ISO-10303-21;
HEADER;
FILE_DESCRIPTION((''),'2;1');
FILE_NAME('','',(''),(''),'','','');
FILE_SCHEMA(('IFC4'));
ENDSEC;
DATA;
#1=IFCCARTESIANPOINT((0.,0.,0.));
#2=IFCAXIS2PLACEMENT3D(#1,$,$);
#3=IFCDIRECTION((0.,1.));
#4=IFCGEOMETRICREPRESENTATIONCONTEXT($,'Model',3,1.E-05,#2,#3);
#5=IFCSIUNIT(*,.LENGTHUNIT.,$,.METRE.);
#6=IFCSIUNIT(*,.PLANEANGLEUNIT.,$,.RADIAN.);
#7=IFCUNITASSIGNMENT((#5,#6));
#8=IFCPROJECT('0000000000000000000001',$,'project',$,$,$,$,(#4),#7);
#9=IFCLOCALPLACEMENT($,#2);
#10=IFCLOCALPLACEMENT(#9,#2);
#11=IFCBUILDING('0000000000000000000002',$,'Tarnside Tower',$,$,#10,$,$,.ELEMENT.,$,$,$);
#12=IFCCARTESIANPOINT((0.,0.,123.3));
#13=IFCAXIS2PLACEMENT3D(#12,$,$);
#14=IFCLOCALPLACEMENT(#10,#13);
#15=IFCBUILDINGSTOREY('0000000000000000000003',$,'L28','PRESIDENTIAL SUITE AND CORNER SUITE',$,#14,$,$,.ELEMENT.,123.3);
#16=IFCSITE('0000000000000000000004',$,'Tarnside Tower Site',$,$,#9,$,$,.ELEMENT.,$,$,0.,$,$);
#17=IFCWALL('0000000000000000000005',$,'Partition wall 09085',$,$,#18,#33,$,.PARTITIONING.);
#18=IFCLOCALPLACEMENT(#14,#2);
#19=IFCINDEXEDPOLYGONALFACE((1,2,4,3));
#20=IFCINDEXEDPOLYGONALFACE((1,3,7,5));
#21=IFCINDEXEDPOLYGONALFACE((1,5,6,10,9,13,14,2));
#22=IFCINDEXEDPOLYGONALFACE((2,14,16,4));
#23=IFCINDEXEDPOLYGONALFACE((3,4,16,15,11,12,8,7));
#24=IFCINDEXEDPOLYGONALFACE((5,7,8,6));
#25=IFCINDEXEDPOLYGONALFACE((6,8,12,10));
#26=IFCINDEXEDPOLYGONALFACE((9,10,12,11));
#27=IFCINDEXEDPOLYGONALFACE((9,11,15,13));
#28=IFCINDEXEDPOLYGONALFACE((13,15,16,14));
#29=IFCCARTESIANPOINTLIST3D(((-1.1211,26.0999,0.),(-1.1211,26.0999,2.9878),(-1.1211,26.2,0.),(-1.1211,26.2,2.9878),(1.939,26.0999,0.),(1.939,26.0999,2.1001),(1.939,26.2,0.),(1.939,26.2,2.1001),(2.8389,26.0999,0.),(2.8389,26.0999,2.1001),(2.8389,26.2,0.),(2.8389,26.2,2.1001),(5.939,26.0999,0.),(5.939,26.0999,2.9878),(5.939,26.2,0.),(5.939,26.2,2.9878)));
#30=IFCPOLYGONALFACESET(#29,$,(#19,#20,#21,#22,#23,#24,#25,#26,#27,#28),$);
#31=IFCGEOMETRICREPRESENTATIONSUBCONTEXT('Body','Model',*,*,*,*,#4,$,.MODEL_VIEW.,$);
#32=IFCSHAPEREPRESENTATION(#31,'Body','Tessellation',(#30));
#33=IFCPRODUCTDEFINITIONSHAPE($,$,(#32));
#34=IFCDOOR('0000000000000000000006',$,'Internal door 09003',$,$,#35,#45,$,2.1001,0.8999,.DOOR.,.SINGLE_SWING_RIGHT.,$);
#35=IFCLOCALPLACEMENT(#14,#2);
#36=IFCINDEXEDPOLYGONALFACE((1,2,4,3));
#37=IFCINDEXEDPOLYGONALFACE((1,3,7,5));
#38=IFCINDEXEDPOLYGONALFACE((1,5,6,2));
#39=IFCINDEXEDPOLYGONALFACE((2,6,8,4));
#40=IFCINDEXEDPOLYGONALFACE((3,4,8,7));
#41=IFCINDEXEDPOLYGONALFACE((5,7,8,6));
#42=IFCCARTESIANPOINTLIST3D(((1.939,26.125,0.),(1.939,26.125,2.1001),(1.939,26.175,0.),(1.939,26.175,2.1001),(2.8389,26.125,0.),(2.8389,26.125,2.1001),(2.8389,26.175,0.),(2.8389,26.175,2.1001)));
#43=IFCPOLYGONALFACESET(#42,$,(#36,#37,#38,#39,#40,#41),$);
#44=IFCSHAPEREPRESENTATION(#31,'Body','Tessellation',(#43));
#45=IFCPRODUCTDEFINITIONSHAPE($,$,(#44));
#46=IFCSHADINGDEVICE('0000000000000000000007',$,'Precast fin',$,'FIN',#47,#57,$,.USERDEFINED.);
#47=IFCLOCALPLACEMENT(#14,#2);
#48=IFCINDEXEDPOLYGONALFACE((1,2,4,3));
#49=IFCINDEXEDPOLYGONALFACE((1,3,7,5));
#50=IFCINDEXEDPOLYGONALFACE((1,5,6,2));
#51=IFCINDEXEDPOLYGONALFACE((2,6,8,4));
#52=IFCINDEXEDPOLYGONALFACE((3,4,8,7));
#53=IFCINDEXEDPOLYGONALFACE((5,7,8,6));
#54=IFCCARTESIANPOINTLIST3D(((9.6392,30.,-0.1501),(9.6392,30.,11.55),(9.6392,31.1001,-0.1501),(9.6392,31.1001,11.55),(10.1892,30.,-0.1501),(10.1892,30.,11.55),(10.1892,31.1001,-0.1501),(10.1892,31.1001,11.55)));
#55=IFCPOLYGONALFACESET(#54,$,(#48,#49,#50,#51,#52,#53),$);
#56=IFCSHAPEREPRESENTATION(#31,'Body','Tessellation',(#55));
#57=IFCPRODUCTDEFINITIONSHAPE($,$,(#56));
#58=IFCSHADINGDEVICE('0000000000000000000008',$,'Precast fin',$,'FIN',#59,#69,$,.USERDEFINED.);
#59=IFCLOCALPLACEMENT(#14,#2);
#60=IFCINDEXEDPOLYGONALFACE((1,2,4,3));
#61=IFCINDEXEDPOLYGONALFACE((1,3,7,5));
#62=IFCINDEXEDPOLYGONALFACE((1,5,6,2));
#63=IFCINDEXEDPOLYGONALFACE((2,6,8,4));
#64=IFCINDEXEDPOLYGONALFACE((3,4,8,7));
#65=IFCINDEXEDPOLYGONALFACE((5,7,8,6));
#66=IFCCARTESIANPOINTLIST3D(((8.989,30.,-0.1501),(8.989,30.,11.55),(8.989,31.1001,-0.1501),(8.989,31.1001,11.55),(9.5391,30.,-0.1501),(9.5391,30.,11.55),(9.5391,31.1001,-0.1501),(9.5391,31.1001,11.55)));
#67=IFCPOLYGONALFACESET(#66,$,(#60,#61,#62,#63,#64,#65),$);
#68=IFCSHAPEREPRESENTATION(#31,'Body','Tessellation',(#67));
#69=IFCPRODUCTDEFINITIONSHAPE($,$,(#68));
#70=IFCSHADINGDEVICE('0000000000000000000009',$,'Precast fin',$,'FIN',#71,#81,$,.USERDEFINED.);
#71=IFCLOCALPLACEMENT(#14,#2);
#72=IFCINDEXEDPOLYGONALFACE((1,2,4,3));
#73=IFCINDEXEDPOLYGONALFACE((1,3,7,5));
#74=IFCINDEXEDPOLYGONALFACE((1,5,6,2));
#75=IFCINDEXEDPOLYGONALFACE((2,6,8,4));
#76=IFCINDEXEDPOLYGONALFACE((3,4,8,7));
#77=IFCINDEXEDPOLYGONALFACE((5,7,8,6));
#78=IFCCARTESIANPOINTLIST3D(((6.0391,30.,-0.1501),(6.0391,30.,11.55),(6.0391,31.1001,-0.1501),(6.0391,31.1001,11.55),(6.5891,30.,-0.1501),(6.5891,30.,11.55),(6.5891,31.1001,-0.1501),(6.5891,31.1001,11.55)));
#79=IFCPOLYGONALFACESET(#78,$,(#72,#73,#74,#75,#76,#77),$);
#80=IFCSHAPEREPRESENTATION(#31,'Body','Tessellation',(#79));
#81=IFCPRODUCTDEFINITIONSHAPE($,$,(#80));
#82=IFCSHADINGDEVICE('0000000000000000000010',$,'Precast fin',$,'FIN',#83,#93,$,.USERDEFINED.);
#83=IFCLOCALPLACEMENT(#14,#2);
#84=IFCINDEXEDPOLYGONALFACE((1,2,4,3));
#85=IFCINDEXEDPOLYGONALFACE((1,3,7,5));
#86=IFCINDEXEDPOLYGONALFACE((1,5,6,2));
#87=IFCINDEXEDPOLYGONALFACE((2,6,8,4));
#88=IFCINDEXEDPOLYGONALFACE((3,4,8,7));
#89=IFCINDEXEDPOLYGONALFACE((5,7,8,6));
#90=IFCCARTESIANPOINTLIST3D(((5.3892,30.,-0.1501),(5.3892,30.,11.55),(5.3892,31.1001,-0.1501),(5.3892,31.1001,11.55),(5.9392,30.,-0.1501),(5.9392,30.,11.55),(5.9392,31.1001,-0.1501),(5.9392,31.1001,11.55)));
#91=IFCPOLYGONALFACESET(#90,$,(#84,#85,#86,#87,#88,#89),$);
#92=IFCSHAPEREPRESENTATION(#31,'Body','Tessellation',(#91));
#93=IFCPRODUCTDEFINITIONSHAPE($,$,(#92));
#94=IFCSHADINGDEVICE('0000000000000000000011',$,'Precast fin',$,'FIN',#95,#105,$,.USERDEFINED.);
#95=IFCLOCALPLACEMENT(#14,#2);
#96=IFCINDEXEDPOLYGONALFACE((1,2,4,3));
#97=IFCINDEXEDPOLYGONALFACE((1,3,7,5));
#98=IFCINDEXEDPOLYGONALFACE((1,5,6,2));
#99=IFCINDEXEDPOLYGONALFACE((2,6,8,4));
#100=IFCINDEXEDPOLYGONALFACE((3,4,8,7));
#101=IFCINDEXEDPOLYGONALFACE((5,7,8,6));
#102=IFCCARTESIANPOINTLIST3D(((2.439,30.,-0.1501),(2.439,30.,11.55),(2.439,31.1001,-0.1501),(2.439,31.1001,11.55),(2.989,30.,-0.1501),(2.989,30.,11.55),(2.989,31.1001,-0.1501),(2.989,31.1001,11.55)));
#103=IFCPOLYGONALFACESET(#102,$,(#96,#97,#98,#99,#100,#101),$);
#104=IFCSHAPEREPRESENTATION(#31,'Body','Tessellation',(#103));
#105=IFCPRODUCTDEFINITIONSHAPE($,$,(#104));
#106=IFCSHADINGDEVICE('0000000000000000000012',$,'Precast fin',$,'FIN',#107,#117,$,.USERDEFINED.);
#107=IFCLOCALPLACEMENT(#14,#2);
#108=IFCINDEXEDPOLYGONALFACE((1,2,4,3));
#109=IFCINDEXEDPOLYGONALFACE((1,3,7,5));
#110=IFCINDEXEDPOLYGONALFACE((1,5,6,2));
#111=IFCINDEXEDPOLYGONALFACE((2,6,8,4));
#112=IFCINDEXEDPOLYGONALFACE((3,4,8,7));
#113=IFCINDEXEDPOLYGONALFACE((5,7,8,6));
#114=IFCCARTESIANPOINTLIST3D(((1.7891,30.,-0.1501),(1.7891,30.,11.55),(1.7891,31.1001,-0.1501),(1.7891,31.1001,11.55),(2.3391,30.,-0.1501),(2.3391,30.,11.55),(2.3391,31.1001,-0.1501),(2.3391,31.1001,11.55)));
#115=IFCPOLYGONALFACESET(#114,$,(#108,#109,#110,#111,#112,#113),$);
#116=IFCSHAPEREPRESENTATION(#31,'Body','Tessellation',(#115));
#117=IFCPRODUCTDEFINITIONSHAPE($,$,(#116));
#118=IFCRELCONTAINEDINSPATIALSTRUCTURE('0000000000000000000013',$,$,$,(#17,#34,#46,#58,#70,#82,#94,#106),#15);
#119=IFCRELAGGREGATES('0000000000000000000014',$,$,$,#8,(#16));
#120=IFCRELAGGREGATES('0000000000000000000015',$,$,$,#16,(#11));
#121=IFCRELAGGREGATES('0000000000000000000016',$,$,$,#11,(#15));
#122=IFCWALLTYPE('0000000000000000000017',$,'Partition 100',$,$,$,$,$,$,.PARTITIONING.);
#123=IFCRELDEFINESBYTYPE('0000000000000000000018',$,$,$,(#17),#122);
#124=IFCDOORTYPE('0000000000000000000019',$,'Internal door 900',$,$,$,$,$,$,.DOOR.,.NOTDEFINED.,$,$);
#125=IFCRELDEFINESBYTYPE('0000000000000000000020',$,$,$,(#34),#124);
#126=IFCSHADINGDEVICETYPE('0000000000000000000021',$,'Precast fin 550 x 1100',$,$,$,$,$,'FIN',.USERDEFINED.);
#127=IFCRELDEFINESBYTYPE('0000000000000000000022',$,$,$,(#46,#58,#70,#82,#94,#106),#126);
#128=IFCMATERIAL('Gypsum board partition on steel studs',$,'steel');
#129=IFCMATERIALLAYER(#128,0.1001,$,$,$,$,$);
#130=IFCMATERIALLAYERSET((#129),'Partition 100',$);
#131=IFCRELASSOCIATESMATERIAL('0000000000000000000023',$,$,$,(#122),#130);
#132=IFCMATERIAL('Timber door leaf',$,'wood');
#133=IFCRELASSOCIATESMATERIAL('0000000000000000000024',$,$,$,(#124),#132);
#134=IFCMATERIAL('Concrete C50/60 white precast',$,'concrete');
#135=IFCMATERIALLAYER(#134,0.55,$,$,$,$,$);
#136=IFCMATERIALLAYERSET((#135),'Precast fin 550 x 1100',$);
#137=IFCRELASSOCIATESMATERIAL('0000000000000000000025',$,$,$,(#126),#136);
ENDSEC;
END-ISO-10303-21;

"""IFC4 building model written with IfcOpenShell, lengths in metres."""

from ifc_helpers import new_model, si_unit, direction, frame, frame_2d, origin, place, context, subcontext, project, spatial, polyline, rectangle, outline, extrude, material, layer, layer_set, type_object, element, fill, save


model = new_model("IFC4")

# Units and contexts
model_context = context("Model", 3, precision=1e-05, world=origin(), true_north=direction((0.0, 1.0)))
body_context = subcontext(model_context, "Body", "Model", "MODEL_VIEW")
ifc_project = project(units=[si_unit("LENGTHUNIT", "METRE"), si_unit("PLANEANGLEUNIT", "RADIAN")], contexts=[model_context])

# Site, building, storey
site_placement = place(None, origin())
site = spatial("IfcSite", under=ifc_project, at=site_placement, Name="Tarnside Tower Site", CompositionType="ELEMENT", RefElevation=0.0)
building_placement = place(site_placement, origin())
building = spatial("IfcBuilding", under=site, at=building_placement, Name="Tarnside Tower", CompositionType="ELEMENT")
storey_placement = place(building_placement, frame((0.0, 0.0, 123.3)))
storey = spatial("IfcBuildingStorey", under=building, at=storey_placement, Name="L28", Description="PRESIDENTIAL SUITE AND CORNER SUITE", CompositionType="ELEMENT", Elevation=123.3)

# Shared definitions
ifc_material_1 = material(Name="Gypsum board partition on steel studs", Category="steel")
ifc_layer_1 = layer(ifc_material_1, 0.1001)
ifc_layer_set_1 = layer_set([ifc_layer_1], Name="Partition 100")
wall_type_1 = type_object("IfcWallType", Name="Partition 100", PredefinedType="PARTITIONING", material=ifc_layer_set_1)

# Wall, opening, door
wall_1_placement = place(storey_placement, frame((5.939, 26.1499, 0.0), z_axis=(0.0, 0.0, 1.0), x_axis=(-1.0, 0.0, 0.0)))
wall_1 = element("IfcWall", 1, at=wall_1_placement, inside=storey, type_object=wall_type_1, Name="Partition wall 09085", PredefinedType="PARTITIONING", context=body_context, shape_type="SweptSolid", body=[
    extrude(rectangle(XDim=7.0601, YDim=0.1001, at=frame_2d((3.53, 0.0))), origin(), (0.0, 0.0, 1.0), 2.9878),
])
opening_placement = place(wall_1_placement, frame((3.1001, 0.0, 0.0)))
opening = element("IfcOpeningElement", 2, at=opening_placement, cuts=wall_1, PredefinedType="OPENING", context=body_context, shape_type="SweptSolid", body=[
    extrude(rectangle(XDim=0.8999, YDim=2.1001, at=frame_2d((0.45, 1.05))), frame((0.0, 0.0601, 0.0), z_axis=(0.0, -1.0, 0.0), x_axis=(1.0, 0.0, 0.0)), (0.0, 0.0, 1.0), 0.1201),
])
ifc_material_2 = material(Name="Timber door leaf", Category="wood")
door_type = type_object("IfcDoorType", Name="Internal door 900", OperationType="NOTDEFINED", PredefinedType="DOOR", material=ifc_material_2)
door_placement = place(opening_placement, origin())
door = element("IfcDoor", 3, at=door_placement, inside=storey, type_object=door_type, Name="Internal door 09003", OperationType="SINGLE_SWING_RIGHT", OverallHeight=2.1001, OverallWidth=0.8999, PredefinedType="DOOR", context=body_context, shape_type="SweptSolid", body=[
    extrude(rectangle(XDim=0.8999, YDim=2.1001, at=frame_2d((0.45, 1.05))), frame((0.0, 0.0249, 0.0), z_axis=(0.0, -1.0, 0.0), x_axis=(1.0, 0.0, 0.0)), (0.0, 0.0, 1.0), 0.05),
])
fill(opening, door)

# Shading devices
ifc_material_3 = material(Name="Concrete C50/60 white precast", Category="concrete")
ifc_layer_2 = layer(ifc_material_3, 0.55)
ifc_layer_set_2 = layer_set([ifc_layer_2], Name="Precast fin 550 x 1100")
shading_device_type = type_object("IfcShadingDeviceType", Name="Precast fin 550 x 1100", ElementType="FIN", PredefinedType="USERDEFINED", material=ifc_layer_set_2)
for number, where, z_axis, x_axis, name in (
    (4, (9.9141, 30.0, -0.1501), (1.0, 0.0, 0.0), (0.0, 1.0, 0.0), "Precast fin"),
    (5, (9.2639, 30.0, -0.1501), (1.0, 0.0, 0.0), (0.0, 1.0, 0.0), "Precast fin"),
    (6, (6.314, 30.0, -0.1501), (1.0, 0.0, 0.0), (0.0, 1.0, 0.0), "Precast fin"),
    (7, (5.6641, 30.0, -0.1501), (1.0, 0.0, 0.0), (0.0, 1.0, 0.0), "Precast fin"),
    (8, (2.7139, 30.0, -0.1501), (1.0, 0.0, 0.0), (0.0, 1.0, 0.0), "Precast fin"),
    (9, (2.064, 30.0, -0.1501), (1.0, 0.0, 0.0), (0.0, 1.0, 0.0), "Precast fin"),
):
    element("IfcShadingDevice", number, at=place(storey_placement, frame(where, z_axis=z_axis, x_axis=x_axis)), inside=storey, type_object=shading_device_type, Name=name, ObjectType="FIN", PredefinedType="USERDEFINED", context=body_context, shape_type="SweptSolid", body=[
        extrude(outline(polyline([(0.0, 0.0), (1.1001, 0.0), (1.1001, 11.7002), (0.0, 11.7002), (0.0, 0.0)])), frame((0.0, 0.0, -0.2749)), (0.0, 0.0, 1.0), 0.55),
    ])

save(model, "model.ifc")
